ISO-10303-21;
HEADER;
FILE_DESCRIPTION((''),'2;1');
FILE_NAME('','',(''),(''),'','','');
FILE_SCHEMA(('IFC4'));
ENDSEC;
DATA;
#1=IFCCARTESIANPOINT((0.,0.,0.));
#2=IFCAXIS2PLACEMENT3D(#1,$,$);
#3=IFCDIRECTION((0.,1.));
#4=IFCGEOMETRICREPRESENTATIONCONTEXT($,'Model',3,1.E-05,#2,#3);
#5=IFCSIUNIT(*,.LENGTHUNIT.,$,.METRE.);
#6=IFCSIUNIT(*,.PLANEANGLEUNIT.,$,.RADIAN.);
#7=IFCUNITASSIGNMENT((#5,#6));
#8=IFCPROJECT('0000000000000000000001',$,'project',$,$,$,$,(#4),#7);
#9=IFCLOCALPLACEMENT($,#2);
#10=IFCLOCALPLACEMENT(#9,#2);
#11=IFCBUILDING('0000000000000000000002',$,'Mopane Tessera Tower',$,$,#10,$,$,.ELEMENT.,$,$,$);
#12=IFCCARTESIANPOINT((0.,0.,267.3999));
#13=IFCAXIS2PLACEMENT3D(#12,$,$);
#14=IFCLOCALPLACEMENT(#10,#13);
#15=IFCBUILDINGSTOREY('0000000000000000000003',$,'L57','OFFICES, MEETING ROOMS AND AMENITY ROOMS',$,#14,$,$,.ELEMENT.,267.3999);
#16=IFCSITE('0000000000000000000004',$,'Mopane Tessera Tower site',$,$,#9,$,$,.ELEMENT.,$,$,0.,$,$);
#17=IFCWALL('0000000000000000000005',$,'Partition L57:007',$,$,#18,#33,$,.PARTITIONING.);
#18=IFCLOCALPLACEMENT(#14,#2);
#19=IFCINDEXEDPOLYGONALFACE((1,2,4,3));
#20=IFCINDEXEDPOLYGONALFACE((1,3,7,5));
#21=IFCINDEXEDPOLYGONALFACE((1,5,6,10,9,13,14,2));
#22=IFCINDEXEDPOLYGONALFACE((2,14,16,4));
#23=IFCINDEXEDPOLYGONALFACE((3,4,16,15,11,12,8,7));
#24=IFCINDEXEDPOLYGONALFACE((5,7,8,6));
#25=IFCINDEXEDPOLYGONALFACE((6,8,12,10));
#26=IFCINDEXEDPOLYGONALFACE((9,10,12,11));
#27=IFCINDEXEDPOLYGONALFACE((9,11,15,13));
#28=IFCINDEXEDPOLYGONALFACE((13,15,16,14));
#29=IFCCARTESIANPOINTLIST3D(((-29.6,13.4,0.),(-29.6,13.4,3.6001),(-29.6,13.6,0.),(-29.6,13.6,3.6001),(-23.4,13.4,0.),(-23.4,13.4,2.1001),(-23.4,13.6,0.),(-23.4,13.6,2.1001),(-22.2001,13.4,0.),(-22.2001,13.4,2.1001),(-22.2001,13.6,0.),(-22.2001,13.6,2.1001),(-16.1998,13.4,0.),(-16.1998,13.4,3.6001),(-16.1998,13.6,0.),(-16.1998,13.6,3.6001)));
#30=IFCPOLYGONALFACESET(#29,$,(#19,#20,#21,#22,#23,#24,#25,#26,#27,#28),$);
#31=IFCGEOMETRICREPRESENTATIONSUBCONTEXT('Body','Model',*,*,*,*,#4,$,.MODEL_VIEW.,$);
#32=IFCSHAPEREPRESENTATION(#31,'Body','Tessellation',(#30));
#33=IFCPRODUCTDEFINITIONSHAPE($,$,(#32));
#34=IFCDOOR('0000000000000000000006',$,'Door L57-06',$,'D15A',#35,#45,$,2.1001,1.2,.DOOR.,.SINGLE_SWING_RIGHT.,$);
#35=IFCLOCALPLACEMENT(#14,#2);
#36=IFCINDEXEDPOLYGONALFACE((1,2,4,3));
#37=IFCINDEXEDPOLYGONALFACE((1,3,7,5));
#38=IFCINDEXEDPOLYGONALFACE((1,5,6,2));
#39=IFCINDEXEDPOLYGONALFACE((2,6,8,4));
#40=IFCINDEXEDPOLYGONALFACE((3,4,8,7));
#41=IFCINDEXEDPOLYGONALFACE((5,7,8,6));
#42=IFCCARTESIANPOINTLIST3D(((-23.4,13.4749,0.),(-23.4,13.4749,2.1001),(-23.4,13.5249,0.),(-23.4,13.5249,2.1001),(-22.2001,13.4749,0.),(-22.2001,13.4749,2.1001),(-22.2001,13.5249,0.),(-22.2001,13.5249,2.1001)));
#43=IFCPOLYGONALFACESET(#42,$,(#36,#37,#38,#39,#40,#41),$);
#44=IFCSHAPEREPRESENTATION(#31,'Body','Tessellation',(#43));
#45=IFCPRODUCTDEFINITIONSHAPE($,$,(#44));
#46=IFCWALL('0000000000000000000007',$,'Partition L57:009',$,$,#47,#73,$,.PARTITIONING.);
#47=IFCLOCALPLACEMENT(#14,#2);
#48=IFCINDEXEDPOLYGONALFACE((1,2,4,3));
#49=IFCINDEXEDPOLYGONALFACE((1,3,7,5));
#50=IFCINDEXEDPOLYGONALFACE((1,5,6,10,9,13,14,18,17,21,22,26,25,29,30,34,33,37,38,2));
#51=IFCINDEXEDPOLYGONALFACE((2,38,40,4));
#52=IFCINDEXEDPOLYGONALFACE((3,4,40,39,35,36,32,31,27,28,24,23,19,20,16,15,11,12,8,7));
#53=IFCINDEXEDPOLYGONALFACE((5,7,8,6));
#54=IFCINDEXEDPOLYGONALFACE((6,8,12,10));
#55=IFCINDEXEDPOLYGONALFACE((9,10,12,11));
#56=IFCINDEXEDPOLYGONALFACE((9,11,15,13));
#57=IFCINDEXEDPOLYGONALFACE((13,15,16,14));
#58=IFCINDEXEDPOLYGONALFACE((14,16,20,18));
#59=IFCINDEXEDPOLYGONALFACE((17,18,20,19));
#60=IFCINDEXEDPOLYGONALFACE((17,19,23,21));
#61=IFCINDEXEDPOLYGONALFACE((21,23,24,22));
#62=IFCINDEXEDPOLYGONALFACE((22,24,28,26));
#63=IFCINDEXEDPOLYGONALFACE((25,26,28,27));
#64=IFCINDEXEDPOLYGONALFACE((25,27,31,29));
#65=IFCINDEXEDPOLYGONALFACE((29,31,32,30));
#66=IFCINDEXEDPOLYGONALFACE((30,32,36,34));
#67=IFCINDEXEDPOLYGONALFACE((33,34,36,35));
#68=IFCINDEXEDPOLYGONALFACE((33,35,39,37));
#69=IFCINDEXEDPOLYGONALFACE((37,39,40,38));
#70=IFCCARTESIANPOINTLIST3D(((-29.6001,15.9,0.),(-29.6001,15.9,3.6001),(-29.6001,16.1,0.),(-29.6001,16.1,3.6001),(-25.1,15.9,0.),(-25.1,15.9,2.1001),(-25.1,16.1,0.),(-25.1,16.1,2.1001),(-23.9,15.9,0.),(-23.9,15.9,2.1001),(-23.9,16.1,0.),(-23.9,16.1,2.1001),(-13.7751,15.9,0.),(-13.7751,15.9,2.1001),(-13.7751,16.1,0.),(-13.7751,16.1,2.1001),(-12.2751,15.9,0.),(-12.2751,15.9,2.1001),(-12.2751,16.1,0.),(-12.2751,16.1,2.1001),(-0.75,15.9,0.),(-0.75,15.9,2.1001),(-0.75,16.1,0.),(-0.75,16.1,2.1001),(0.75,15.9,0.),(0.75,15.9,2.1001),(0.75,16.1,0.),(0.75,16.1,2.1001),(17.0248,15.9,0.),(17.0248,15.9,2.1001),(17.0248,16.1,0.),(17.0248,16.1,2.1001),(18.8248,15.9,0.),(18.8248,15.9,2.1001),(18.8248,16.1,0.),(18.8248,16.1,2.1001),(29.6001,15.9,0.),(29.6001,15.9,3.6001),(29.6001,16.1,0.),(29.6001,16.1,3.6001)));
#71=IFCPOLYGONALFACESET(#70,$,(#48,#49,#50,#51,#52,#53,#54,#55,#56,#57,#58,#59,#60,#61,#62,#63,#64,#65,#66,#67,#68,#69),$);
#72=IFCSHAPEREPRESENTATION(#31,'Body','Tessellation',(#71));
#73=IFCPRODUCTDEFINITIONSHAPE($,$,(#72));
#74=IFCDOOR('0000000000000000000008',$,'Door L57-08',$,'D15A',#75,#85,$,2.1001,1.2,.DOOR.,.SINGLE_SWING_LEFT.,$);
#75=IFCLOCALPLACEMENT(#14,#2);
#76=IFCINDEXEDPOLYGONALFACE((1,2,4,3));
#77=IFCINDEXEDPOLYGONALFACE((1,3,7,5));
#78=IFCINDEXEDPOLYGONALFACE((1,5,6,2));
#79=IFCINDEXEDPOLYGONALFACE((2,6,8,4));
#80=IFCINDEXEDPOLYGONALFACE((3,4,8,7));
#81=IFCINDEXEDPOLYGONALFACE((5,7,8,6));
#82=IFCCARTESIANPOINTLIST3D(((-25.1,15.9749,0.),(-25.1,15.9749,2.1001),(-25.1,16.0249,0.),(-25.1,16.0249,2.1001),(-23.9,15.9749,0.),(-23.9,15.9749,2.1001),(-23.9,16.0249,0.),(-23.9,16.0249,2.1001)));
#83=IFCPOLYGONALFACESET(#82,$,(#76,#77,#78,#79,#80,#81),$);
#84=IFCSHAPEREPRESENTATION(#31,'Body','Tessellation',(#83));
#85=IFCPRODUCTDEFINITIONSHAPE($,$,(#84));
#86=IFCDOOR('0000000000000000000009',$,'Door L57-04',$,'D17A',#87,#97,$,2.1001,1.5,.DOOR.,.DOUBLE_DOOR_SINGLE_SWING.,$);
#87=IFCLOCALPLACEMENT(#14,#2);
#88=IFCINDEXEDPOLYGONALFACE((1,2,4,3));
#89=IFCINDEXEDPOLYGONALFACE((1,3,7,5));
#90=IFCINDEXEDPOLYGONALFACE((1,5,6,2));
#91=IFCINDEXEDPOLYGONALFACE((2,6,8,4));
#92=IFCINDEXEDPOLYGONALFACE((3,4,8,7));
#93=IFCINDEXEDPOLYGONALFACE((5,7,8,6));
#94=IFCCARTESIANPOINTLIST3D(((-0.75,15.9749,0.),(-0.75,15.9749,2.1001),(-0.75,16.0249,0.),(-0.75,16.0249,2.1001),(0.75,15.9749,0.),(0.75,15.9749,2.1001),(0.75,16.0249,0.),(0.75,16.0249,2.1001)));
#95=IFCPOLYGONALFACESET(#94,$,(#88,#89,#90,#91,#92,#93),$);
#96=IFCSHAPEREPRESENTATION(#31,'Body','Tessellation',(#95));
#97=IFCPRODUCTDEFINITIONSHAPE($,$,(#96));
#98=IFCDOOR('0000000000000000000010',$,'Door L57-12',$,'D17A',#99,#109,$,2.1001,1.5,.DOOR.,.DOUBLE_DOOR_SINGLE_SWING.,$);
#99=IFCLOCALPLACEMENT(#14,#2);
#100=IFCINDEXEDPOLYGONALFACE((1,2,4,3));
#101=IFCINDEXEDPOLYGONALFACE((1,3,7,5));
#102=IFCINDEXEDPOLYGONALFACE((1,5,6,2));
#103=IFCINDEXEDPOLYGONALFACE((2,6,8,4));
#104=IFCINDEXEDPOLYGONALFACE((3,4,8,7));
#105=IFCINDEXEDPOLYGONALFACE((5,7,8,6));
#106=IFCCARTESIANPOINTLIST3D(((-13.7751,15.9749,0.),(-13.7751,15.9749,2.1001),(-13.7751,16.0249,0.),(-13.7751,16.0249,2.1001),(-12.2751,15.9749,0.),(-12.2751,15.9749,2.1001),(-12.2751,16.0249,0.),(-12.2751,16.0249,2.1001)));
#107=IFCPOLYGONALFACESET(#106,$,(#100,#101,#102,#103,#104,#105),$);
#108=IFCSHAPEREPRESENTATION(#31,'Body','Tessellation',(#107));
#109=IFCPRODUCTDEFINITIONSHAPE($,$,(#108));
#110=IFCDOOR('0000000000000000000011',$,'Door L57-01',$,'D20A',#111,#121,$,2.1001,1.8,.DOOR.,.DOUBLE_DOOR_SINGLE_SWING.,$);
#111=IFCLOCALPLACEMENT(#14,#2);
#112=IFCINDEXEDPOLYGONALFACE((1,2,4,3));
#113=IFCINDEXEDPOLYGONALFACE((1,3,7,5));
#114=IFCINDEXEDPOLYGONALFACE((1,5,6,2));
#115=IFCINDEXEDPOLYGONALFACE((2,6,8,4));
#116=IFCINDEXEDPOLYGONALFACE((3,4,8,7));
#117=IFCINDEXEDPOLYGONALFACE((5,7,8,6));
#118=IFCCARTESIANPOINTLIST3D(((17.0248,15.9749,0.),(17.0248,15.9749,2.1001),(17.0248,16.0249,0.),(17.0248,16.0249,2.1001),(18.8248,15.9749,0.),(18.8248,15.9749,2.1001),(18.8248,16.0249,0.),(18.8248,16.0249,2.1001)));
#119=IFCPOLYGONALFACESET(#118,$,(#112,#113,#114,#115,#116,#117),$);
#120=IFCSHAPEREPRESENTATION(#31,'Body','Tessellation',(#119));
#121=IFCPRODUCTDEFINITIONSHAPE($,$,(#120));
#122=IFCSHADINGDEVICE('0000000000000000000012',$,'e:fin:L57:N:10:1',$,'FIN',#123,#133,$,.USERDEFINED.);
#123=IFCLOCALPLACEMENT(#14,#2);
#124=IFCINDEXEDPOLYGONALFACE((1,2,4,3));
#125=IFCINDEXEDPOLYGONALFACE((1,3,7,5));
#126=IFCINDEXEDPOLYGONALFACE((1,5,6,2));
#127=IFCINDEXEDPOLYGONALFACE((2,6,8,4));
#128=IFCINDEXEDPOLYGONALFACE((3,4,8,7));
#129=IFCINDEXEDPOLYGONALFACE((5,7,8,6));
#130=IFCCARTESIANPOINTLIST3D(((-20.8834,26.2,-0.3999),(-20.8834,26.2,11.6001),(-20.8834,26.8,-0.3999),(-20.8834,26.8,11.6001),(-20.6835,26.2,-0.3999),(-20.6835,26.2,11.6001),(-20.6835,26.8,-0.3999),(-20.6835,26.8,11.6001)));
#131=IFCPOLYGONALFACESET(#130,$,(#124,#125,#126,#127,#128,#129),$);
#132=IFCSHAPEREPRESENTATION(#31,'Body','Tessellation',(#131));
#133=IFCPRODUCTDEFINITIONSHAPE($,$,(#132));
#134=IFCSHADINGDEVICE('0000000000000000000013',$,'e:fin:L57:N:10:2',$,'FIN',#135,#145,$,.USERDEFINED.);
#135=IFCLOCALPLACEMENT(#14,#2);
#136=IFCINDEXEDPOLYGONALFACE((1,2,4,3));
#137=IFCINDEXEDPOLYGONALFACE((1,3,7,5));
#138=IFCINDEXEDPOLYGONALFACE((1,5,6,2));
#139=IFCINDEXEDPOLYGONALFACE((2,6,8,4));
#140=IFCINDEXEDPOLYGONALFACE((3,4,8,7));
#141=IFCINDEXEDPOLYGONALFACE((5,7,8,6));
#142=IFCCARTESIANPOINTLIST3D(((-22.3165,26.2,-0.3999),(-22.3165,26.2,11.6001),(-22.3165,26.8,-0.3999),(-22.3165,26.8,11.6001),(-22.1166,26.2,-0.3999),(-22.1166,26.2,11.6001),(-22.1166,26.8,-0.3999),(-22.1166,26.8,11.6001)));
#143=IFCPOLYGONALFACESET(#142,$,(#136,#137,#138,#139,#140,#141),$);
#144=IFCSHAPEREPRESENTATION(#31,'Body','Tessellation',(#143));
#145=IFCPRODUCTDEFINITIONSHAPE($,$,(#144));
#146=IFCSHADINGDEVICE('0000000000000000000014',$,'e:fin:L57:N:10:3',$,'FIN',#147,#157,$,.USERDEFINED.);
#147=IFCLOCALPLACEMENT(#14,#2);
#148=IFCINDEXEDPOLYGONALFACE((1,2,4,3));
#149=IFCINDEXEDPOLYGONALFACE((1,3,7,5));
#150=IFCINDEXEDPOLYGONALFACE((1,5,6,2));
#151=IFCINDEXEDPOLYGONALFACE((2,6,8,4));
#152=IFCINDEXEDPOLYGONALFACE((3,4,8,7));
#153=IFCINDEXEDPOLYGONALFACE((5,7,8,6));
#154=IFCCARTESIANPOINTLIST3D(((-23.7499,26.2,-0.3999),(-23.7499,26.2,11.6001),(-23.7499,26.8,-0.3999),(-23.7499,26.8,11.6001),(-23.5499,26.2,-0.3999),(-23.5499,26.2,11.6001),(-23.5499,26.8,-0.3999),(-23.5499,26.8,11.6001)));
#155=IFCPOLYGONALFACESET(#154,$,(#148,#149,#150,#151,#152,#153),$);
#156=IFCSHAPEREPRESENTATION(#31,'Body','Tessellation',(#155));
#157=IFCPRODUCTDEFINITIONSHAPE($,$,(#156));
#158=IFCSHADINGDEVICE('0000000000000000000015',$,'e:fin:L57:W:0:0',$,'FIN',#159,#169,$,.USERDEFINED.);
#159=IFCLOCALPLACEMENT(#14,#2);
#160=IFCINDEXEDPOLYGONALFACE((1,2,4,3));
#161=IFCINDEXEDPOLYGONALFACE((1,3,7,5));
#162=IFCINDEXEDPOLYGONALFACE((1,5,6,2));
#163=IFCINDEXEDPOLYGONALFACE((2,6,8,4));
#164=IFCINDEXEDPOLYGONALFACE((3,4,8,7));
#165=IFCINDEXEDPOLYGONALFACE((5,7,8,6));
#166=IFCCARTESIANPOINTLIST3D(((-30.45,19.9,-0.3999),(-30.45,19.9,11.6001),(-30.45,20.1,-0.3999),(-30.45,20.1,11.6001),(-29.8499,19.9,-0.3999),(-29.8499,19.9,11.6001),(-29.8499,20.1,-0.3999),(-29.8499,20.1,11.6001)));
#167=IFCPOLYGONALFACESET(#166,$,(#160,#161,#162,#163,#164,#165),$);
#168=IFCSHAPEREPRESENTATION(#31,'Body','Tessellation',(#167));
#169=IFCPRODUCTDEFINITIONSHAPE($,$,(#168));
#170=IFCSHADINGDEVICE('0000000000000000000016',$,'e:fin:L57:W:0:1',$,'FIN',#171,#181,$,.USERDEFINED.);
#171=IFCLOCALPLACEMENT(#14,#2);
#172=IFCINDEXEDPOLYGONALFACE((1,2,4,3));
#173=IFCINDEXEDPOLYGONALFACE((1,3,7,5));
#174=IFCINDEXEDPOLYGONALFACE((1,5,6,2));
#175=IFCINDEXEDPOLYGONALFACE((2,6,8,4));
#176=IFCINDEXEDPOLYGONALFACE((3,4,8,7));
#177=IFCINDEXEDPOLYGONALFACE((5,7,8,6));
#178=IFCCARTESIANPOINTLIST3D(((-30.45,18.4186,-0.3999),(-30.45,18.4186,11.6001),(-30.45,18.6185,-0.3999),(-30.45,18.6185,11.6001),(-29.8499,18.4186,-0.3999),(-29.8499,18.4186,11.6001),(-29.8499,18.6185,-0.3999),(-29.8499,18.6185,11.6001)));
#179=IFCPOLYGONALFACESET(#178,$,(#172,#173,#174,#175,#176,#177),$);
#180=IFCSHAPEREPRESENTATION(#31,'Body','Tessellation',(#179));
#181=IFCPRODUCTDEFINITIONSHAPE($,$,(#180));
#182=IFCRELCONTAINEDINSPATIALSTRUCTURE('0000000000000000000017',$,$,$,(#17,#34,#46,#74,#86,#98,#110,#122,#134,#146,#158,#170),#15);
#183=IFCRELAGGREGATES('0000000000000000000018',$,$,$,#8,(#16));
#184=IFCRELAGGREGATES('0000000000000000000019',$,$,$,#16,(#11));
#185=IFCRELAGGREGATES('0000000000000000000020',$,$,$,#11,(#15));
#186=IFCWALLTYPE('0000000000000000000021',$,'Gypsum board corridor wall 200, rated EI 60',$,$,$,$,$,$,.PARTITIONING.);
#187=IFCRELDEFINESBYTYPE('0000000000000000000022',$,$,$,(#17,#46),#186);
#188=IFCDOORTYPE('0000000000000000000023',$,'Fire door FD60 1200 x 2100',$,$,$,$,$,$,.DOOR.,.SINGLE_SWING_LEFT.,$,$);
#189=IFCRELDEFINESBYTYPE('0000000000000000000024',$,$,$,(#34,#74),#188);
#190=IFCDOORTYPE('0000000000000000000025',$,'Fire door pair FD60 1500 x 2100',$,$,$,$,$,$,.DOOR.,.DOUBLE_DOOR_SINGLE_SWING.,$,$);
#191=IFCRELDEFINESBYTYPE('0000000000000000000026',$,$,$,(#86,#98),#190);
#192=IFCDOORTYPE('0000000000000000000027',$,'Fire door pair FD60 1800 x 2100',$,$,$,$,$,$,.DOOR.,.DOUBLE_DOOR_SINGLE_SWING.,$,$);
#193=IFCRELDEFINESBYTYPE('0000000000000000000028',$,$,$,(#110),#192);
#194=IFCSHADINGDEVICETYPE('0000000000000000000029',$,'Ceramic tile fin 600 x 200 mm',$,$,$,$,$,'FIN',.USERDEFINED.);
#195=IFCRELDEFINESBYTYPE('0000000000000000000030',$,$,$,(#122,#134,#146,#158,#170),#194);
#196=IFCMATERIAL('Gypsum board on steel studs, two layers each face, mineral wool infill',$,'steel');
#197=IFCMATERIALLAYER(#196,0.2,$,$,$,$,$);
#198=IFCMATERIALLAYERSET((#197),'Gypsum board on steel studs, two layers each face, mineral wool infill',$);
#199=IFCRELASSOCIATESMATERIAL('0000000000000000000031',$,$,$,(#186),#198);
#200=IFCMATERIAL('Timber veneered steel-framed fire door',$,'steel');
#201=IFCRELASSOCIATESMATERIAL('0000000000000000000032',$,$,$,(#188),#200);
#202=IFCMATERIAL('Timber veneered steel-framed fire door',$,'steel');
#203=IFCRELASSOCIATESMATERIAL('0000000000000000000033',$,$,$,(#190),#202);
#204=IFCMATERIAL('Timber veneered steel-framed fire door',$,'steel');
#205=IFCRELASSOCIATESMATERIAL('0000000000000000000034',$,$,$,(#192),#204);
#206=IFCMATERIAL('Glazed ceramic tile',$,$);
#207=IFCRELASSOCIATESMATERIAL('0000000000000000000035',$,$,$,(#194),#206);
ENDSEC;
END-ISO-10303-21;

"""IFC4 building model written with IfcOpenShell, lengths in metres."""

from ifc_helpers import new_model, si_unit, direction, frame, frame_2d, origin, origin_2d, place, context, subcontext, project, spatial, rectangle, extrude, material, layer, layer_set, type_object, element, fill, save


model = new_model("IFC4")

# Units and contexts
model_context = context("Model", 3, precision=1e-05, world=origin(), true_north=direction((0.0, 1.0)))
body_context = subcontext(model_context, "Body", "Model", "MODEL_VIEW")
ifc_project = project(units=[si_unit("LENGTHUNIT", "METRE"), si_unit("PLANEANGLEUNIT", "RADIAN")], contexts=[model_context])

# Site, building, storey
site_placement = place(None, origin())
site = spatial("IfcSite", under=ifc_project, at=site_placement, Name="Mopane Tessera Tower site", CompositionType="ELEMENT", RefElevation=0.0)
building_placement = place(site_placement, origin())
building = spatial("IfcBuilding", under=site, at=building_placement, Name="Mopane Tessera Tower", CompositionType="ELEMENT")
storey_placement = place(building_placement, frame((0.0, 0.0, 267.3999)))
storey = spatial("IfcBuildingStorey", under=building, at=storey_placement, Name="L57", Description="OFFICES, MEETING ROOMS AND AMENITY ROOMS", CompositionType="ELEMENT", Elevation=267.3999)

# Wall, opening, door
ifc_material_1 = material(Name="Gypsum board on steel studs, two layers each face, mineral wool infill", Category="steel")
ifc_layer_1 = layer(ifc_material_1, 0.2)
ifc_layer_set_1 = layer_set([ifc_layer_1], Name="Gypsum board on steel studs, two layers each face, mineral wool infill")
wall_type_1 = type_object("IfcWallType", Name="Gypsum board corridor wall 200, rated EI 60", PredefinedType="PARTITIONING", material=ifc_layer_set_1)
wall_1_placement = place(storey_placement, frame((-29.6001, 13.5, 0.0), z_axis=(0.0, 0.0, 1.0), x_axis=(1.0, 0.0, 0.0)))
wall_1 = element("IfcWall", 1, at=wall_1_placement, inside=storey, type_object=wall_type_1, Name="Partition L57:007", PredefinedType="PARTITIONING", context=body_context, shape_type="SweptSolid", body=[
    extrude(rectangle(XDim=13.4001, YDim=0.2, at=frame_2d((6.7002, 0.0))), origin(), (0.0, 0.0, 1.0), 3.6001),
])
opening_1_placement = place(wall_1_placement, frame((6.2, 0.0, 0.0)))
opening_1 = element("IfcOpeningElement", 2, at=opening_1_placement, cuts=wall_1, PredefinedType="OPENING", context=body_context, shape_type="SweptSolid", body=[
    extrude(rectangle(XDim=1.2, YDim=2.1001, at=frame_2d((0.6001, 1.05))), frame((0.0, 0.1121, 0.0), z_axis=(0.0, -1.0, 0.0), x_axis=(1.0, 0.0, 0.0)), (0.0, 0.0, 1.0), 0.2239),
])
ifc_material_2 = material(Name="Timber veneered steel-framed fire door", Category="steel")
door_type_1 = type_object("IfcDoorType", Name="Fire door FD60 1200 x 2100", OperationType="SINGLE_SWING_LEFT", PredefinedType="DOOR", material=ifc_material_2)
door_1_placement = place(opening_1_placement, origin())
door_1 = element("IfcDoor", 3, at=door_1_placement, inside=storey, type_object=door_type_1, Name="Door L57-06", ObjectType="D15A", OperationType="SINGLE_SWING_RIGHT", OverallHeight=2.1001, OverallWidth=1.2, PredefinedType="DOOR", context=body_context, shape_type="SweptSolid", body=[
    extrude(rectangle(XDim=1.2, YDim=2.1001, at=frame_2d((0.6001, 1.05))), frame((0.0, 0.0249, 0.0), z_axis=(0.0, -1.0, 0.0), x_axis=(1.0, 0.0, 0.0)), (0.0, 0.0, 1.0), 0.05),
])
fill(opening_1, door_1)

# Wall, openings, doors
wall_2_placement = place(storey_placement, frame((-29.6001, 16.0, 0.0), z_axis=(0.0, 0.0, 1.0), x_axis=(1.0, 0.0, 0.0)))
wall_2 = element("IfcWall", 4, at=wall_2_placement, inside=storey, type_object=wall_type_1, Name="Partition L57:009", PredefinedType="PARTITIONING", context=body_context, shape_type="SweptSolid", body=[
    extrude(rectangle(XDim=59.2002, YDim=0.2, at=frame_2d((29.6001, 0.0))), origin(), (0.0, 0.0, 1.0), 3.6001),
])
opening_2_placement = place(wall_2_placement, frame((46.625, 0.0, 0.0)))
opening_2 = element("IfcOpeningElement", 5, at=opening_2_placement, cuts=wall_2, PredefinedType="OPENING", context=body_context, shape_type="SweptSolid", body=[
    extrude(rectangle(XDim=1.8, YDim=2.1001, at=frame_2d((0.8999, 1.05))), frame((0.0, 0.1121, 0.0), z_axis=(0.0, -1.0, 0.0), x_axis=(1.0, 0.0, 0.0)), (0.0, 0.0, 1.0), 0.2239),
])
opening_3_placement = place(wall_2_placement, frame((28.8501, 0.0, 0.0)))
opening_3 = element("IfcOpeningElement", 6, at=opening_3_placement, cuts=wall_2, PredefinedType="OPENING", context=body_context, shape_type="SweptSolid", body=[
    extrude(rectangle(XDim=1.5, YDim=2.1001, at=frame_2d((0.75, 1.05))), frame((0.0, 0.1121, 0.0), z_axis=(0.0, -1.0, 0.0), x_axis=(1.0, 0.0, 0.0)), (0.0, 0.0, 1.0), 0.2239),
])
opening_4_placement = place(wall_2_placement, frame((4.5, 0.0, 0.0)))
opening_4 = element("IfcOpeningElement", 7, at=opening_4_placement, cuts=wall_2, PredefinedType="OPENING", context=body_context, shape_type="SweptSolid", body=[
    extrude(rectangle(XDim=1.2, YDim=2.1001, at=frame_2d((0.6001, 1.05))), frame((0.0, 0.1121, 0.0), z_axis=(0.0, -1.0, 0.0), x_axis=(1.0, 0.0, 0.0)), (0.0, 0.0, 1.0), 0.2239),
])
opening_5_placement = place(wall_2_placement, frame((15.825, 0.0, 0.0)))
opening_5 = element("IfcOpeningElement", 8, at=opening_5_placement, cuts=wall_2, PredefinedType="OPENING", context=body_context, shape_type="SweptSolid", body=[
    extrude(rectangle(XDim=1.5, YDim=2.1001, at=frame_2d((0.75, 1.05))), frame((0.0, 0.1121, 0.0), z_axis=(0.0, -1.0, 0.0), x_axis=(1.0, 0.0, 0.0)), (0.0, 0.0, 1.0), 0.2239),
])
door_2_placement = place(opening_4_placement, origin())
door_2 = element("IfcDoor", 9, at=door_2_placement, inside=storey, type_object=door_type_1, Name="Door L57-08", ObjectType="D15A", OperationType="SINGLE_SWING_LEFT", OverallHeight=2.1001, OverallWidth=1.2, PredefinedType="DOOR", context=body_context, shape_type="SweptSolid", body=[
    extrude(rectangle(XDim=1.2, YDim=2.1001, at=frame_2d((0.6001, 1.05))), frame((0.0, 0.0249, 0.0), z_axis=(0.0, -1.0, 0.0), x_axis=(1.0, 0.0, 0.0)), (0.0, 0.0, 1.0), 0.05),
])
fill(opening_4, door_2)
ifc_material_3 = material(Name="Timber veneered steel-framed fire door", Category="steel")
door_type_2 = type_object("IfcDoorType", Name="Fire door pair FD60 1500 x 2100", OperationType="DOUBLE_DOOR_SINGLE_SWING", PredefinedType="DOOR", material=ifc_material_3)
door_3_placement = place(opening_3_placement, origin())
door_3 = element("IfcDoor", 10, at=door_3_placement, inside=storey, type_object=door_type_2, Name="Door L57-04", ObjectType="D17A", OperationType="DOUBLE_DOOR_SINGLE_SWING", OverallHeight=2.1001, OverallWidth=1.5, PredefinedType="DOOR", context=body_context, shape_type="SweptSolid", body=[
    extrude(rectangle(XDim=1.5, YDim=2.1001, at=frame_2d((0.75, 1.05))), frame((0.0, 0.0249, 0.0), z_axis=(0.0, -1.0, 0.0), x_axis=(1.0, 0.0, 0.0)), (0.0, 0.0, 1.0), 0.05),
])
fill(opening_3, door_3)
door_4_placement = place(opening_5_placement, origin())
door_4 = element("IfcDoor", 11, at=door_4_placement, inside=storey, type_object=door_type_2, Name="Door L57-12", ObjectType="D17A", OperationType="DOUBLE_DOOR_SINGLE_SWING", OverallHeight=2.1001, OverallWidth=1.5, PredefinedType="DOOR", context=body_context, shape_type="SweptSolid", body=[
    extrude(rectangle(XDim=1.5, YDim=2.1001, at=frame_2d((0.75, 1.05))), frame((0.0, 0.0249, 0.0), z_axis=(0.0, -1.0, 0.0), x_axis=(1.0, 0.0, 0.0)), (0.0, 0.0, 1.0), 0.05),
])
fill(opening_5, door_4)
ifc_material_4 = material(Name="Timber veneered steel-framed fire door", Category="steel")
door_type_3 = type_object("IfcDoorType", Name="Fire door pair FD60 1800 x 2100", OperationType="DOUBLE_DOOR_SINGLE_SWING", PredefinedType="DOOR", material=ifc_material_4)
door_5_placement = place(opening_2_placement, origin())
door_5 = element("IfcDoor", 12, at=door_5_placement, inside=storey, type_object=door_type_3, Name="Door L57-01", ObjectType="D20A", OperationType="DOUBLE_DOOR_SINGLE_SWING", OverallHeight=2.1001, OverallWidth=1.8, PredefinedType="DOOR", context=body_context, shape_type="SweptSolid", body=[
    extrude(rectangle(XDim=1.8, YDim=2.1001, at=frame_2d((0.8999, 1.05))), frame((0.0, 0.0249, 0.0), z_axis=(0.0, -1.0, 0.0), x_axis=(1.0, 0.0, 0.0)), (0.0, 0.0, 1.0), 0.05),
])
fill(opening_2, door_5)

# Shading devices
ifc_material_5 = material(Name="Glazed ceramic tile")
shading_device_type = type_object("IfcShadingDeviceType", Name="Ceramic tile fin 600 x 200 mm", ElementType="FIN", PredefinedType="USERDEFINED", material=ifc_material_5)
for number, where, z_axis, x_axis, name in (
    (13, (-20.7834, 26.5, -0.3999), (0.0, 0.0, 1.0), (-1.0, 0.0, 0.0), "e:fin:L57:N:10:1"),
    (14, (-22.2166, 26.5, -0.3999), (0.0, 0.0, 1.0), (-1.0, 0.0, 0.0), "e:fin:L57:N:10:2"),
    (15, (-23.6499, 26.5, -0.3999), (0.0, 0.0, 1.0), (-1.0, 0.0, 0.0), "e:fin:L57:N:10:3"),
    (16, (-30.1499, 20.0, -0.3999), (0.0, 0.0, 1.0), (0.0, -1.0, 0.0), "e:fin:L57:W:0:0"),
    (17, (-30.1499, 18.5186, -0.3999), (0.0, 0.0, 1.0), (0.0, -1.0, 0.0), "e:fin:L57:W:0:1"),
):
    element("IfcShadingDevice", number, at=place(storey_placement, frame(where, z_axis=z_axis, x_axis=x_axis)), inside=storey, type_object=shading_device_type, Name=name, ObjectType="FIN", PredefinedType="USERDEFINED", context=body_context, shape_type="SweptSolid", body=[
        extrude(rectangle(XDim=0.2, YDim=0.6001, at=origin_2d()), origin(), (0.0, 0.0, 1.0), 12.0),
    ])

save(model, "model.ifc")
